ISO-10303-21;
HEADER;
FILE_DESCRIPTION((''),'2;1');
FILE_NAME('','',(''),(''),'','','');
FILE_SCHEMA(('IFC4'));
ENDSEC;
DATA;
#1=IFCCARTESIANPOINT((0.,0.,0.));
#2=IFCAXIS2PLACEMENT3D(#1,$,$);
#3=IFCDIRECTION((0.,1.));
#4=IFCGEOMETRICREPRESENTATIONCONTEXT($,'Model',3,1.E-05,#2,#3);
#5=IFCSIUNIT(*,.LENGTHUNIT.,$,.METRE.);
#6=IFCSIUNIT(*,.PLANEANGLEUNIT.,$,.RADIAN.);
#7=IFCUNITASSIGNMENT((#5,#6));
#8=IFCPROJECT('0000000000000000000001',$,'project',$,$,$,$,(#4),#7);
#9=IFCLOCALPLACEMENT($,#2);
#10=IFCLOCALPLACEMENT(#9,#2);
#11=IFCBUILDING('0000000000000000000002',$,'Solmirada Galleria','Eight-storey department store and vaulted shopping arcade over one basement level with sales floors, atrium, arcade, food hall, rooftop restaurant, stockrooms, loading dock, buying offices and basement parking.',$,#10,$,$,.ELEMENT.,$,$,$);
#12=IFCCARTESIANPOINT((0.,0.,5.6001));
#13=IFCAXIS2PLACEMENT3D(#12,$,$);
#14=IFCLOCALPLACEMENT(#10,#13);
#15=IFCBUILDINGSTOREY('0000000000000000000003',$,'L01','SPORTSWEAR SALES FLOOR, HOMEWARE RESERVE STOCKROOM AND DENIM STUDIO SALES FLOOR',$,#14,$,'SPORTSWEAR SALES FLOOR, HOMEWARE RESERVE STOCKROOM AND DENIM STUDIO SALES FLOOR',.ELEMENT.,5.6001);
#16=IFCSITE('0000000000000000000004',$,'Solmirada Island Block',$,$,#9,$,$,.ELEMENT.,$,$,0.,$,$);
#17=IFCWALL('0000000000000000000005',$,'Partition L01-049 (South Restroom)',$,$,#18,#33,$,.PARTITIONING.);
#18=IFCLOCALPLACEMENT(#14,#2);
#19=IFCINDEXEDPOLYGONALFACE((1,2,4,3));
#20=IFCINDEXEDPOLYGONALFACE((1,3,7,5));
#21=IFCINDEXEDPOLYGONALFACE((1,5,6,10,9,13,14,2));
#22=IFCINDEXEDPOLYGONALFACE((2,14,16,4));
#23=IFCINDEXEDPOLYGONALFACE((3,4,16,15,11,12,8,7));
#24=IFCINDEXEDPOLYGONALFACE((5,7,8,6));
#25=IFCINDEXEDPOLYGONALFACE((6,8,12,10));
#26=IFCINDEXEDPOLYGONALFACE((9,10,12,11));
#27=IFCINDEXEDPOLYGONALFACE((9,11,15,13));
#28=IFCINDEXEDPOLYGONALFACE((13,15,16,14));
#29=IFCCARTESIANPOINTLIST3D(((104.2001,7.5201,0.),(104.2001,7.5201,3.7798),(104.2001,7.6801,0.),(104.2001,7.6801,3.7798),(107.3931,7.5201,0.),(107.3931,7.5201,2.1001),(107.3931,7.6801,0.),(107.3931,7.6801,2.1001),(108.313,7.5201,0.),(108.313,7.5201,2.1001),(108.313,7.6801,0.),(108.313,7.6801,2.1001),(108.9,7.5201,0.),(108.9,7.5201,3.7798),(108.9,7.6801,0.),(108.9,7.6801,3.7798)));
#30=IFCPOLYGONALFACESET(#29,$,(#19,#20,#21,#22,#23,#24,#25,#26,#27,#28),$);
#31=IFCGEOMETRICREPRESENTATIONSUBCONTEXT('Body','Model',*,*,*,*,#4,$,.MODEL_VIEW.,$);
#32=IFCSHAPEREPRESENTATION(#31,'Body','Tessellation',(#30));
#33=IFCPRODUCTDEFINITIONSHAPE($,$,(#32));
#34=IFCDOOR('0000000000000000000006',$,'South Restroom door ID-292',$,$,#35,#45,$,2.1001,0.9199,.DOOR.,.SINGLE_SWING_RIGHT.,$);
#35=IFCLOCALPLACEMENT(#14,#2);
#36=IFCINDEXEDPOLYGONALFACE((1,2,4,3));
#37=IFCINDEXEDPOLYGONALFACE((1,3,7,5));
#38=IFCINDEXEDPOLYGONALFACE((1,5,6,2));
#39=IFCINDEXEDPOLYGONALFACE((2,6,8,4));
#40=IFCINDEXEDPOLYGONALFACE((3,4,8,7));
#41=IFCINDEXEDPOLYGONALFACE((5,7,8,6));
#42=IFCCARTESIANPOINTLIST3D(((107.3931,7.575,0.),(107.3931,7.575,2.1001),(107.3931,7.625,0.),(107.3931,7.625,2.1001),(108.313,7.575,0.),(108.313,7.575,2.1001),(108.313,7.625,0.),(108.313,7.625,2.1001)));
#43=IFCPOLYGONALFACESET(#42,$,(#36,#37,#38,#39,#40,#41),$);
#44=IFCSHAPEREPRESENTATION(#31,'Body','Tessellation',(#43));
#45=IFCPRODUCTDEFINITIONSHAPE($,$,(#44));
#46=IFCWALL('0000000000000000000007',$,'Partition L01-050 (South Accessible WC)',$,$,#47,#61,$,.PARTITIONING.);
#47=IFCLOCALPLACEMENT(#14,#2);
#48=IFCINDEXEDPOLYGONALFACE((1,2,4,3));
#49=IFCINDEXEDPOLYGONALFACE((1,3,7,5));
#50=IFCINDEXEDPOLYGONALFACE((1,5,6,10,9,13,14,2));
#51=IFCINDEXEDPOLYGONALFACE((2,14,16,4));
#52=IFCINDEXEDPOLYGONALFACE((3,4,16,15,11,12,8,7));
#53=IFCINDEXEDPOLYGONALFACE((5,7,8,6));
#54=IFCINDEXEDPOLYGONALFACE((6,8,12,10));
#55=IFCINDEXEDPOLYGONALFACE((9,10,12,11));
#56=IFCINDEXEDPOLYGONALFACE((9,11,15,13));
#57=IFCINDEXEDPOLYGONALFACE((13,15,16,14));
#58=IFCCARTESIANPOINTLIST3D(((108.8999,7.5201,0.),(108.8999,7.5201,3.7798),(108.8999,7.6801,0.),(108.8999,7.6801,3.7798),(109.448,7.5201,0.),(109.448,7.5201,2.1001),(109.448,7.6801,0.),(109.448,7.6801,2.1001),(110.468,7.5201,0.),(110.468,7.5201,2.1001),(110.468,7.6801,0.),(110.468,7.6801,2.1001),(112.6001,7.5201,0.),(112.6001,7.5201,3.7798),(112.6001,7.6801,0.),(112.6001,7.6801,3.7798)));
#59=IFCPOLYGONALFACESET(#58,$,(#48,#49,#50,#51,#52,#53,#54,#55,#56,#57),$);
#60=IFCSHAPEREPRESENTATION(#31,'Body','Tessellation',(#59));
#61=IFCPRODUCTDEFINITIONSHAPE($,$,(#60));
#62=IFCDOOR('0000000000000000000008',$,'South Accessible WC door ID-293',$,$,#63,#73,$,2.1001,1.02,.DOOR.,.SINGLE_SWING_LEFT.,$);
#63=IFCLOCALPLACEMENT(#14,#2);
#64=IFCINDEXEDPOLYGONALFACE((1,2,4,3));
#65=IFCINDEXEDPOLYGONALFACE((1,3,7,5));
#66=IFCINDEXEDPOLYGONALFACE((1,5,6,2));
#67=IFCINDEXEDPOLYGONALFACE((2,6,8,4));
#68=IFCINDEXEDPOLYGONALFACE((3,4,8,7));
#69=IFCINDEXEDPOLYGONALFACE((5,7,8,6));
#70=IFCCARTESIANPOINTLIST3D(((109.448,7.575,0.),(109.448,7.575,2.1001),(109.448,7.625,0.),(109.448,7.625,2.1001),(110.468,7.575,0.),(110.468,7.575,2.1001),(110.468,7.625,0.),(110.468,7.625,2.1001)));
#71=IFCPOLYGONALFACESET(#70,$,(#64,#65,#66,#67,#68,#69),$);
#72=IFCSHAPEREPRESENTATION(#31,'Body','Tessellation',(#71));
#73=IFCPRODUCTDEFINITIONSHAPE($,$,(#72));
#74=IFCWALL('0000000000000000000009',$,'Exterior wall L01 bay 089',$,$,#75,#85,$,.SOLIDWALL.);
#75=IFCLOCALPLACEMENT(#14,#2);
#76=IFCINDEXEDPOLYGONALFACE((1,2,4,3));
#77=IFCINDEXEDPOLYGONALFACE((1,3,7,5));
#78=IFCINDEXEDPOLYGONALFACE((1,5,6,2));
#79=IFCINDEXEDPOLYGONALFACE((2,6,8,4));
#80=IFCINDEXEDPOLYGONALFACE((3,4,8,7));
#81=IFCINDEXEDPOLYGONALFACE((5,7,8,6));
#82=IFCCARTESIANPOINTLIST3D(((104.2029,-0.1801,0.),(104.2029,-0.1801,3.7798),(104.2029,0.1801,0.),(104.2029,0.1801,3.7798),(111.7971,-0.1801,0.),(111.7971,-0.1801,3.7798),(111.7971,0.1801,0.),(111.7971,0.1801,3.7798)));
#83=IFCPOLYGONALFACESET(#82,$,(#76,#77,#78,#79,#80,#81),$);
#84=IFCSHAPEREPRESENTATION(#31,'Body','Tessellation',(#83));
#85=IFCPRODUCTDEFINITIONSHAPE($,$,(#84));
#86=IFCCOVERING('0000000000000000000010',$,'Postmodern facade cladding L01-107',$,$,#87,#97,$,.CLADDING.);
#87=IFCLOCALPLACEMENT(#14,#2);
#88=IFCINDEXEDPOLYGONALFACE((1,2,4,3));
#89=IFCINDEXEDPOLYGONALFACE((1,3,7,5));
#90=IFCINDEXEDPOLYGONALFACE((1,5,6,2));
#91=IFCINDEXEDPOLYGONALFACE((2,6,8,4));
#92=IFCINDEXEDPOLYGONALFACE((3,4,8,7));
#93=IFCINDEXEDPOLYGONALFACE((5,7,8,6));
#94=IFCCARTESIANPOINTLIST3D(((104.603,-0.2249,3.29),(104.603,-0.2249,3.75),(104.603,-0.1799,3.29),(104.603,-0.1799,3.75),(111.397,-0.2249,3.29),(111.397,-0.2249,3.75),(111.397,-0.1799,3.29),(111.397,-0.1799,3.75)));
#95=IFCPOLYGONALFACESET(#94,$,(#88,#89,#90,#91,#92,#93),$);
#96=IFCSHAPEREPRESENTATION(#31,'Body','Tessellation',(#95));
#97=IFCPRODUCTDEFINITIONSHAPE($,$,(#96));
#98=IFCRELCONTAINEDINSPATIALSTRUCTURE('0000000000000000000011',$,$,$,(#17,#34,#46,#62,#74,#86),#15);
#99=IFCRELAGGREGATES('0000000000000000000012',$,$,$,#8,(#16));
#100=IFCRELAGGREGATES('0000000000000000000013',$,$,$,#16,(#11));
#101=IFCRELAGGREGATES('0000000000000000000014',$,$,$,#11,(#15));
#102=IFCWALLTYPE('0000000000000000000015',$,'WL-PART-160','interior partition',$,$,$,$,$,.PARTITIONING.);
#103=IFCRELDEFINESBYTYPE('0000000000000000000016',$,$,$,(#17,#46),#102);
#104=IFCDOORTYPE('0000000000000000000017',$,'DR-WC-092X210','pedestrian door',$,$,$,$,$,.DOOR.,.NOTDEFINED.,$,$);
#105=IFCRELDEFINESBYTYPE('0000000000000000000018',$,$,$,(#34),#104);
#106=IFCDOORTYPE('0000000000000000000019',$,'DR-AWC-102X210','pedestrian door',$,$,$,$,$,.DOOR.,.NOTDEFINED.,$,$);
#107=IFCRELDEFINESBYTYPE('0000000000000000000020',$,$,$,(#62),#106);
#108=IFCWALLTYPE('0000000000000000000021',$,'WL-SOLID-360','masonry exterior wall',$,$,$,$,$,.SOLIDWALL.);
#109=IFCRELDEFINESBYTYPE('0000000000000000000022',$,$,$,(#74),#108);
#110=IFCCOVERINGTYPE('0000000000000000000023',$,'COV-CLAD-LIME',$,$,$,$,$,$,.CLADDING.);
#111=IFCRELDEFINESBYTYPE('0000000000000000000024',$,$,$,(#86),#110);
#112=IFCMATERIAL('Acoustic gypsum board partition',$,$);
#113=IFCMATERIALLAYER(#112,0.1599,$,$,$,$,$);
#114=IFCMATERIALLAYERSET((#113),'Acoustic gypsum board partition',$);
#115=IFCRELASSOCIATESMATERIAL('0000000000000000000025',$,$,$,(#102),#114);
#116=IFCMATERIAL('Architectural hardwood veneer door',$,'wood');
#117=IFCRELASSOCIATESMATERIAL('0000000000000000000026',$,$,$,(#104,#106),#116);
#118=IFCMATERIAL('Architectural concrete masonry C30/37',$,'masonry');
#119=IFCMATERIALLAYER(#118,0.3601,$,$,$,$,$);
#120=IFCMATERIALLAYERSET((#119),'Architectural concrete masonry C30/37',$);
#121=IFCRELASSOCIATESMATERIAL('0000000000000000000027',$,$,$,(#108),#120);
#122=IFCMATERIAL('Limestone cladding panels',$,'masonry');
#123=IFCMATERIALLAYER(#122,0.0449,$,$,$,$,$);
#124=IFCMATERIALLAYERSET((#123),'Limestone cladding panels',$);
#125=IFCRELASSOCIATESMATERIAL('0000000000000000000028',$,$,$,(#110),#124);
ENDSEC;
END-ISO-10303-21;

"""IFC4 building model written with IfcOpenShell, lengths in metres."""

from ifc_helpers import new_model, si_unit, direction, frame, frame_2d, origin, origin_2d, place, context, subcontext, project, spatial, rectangle, extrude, material, layer, layer_set, type_object, element, fill, save


model = new_model("IFC4")

# Units and contexts
model_context = context("Model", 3, precision=1e-05, world=origin(), true_north=direction((0.0, 1.0)))
body_context = subcontext(model_context, "Body", "Model", "MODEL_VIEW")
ifc_project = project(units=[si_unit("LENGTHUNIT", "METRE"), si_unit("PLANEANGLEUNIT", "RADIAN")], contexts=[model_context])

# Site, building, storey
site_placement = place(None, origin())
site = spatial("IfcSite", under=ifc_project, at=site_placement, Name="Solmirada Island Block", CompositionType="ELEMENT", RefElevation=0.0)
building_placement = place(site_placement, origin())
building = spatial("IfcBuilding", under=site, at=building_placement, Name="Solmirada Galleria", Description="Eight-storey department store and vaulted shopping arcade over one basement level with sales floors, atrium, arcade, food hall, rooftop restaurant, stockrooms, loading dock, buying offices and basement parking.", CompositionType="ELEMENT")
storey_placement = place(building_placement, frame((0.0, 0.0, 5.6001)))
storey = spatial("IfcBuildingStorey", under=building, at=storey_placement, Name="L01", Description="SPORTSWEAR SALES FLOOR, HOMEWARE RESERVE STOCKROOM AND DENIM STUDIO SALES FLOOR", LongName="SPORTSWEAR SALES FLOOR, HOMEWARE RESERVE STOCKROOM AND DENIM STUDIO SALES FLOOR", CompositionType="ELEMENT", Elevation=5.6001)

# Shared definitions
ifc_material_1 = material(Name="Acoustic gypsum board partition")

# Walls, openings, doors
ifc_layer_1 = layer(ifc_material_1, 0.1599)
ifc_layer_set_1 = layer_set([ifc_layer_1], Name="Acoustic gypsum board partition")
wall_type_1 = type_object("IfcWallType", Name="WL-PART-160", Description="interior partition", PredefinedType="PARTITIONING", material=ifc_layer_set_1)
wall_1_placement = place(storey_placement, frame((104.2, 7.6001, 0.0), z_axis=(0.0, 0.0, 1.0), x_axis=(1.0, 0.0, 0.0)))
wall_1 = element("IfcWall", 1, at=wall_1_placement, inside=storey, type_object=wall_type_1, Name="Partition L01-049 (South Restroom)", PredefinedType="PARTITIONING", context=body_context, shape_type="SweptSolid", body=[
    extrude(rectangle(XDim=4.7, YDim=0.1599, at=frame_2d((2.3501, 0.0))), origin(), (0.0, 0.0, 1.0), 3.7798),
])
opening_1_placement = place(wall_1_placement, frame((3.1931, 0.0, 0.0)))
opening_1 = element("IfcOpeningElement", 2, at=opening_1_placement, cuts=wall_1, PredefinedType="OPENING", context=body_context, shape_type="SweptSolid", body=[
    extrude(rectangle(XDim=0.9199, YDim=2.1001, at=frame_2d((0.46, 1.05))), frame((0.0, 0.0898, 0.0), z_axis=(0.0, -1.0, 0.0), x_axis=(1.0, 0.0, 0.0)), (0.0, 0.0, 1.0), 0.1799),
])
ifc_material_2 = material(Name="Architectural hardwood veneer door", Category="wood")
door_type_1 = type_object("IfcDoorType", Name="DR-WC-092X210", Description="pedestrian door", OperationType="NOTDEFINED", PredefinedType="DOOR", material=ifc_material_2)
door_1_placement = place(opening_1_placement, origin())
door_1 = element("IfcDoor", 3, at=door_1_placement, inside=storey, type_object=door_type_1, Name="South Restroom door ID-292", OperationType="SINGLE_SWING_RIGHT", OverallHeight=2.1001, OverallWidth=0.9199, PredefinedType="DOOR", context=body_context, shape_type="SweptSolid", body=[
    extrude(rectangle(XDim=0.9199, YDim=2.1001, at=frame_2d((0.46, 1.05))), frame((0.0, 0.0249, 0.0), z_axis=(0.0, -1.0, 0.0), x_axis=(1.0, 0.0, 0.0)), (0.0, 0.0, 1.0), 0.05),
])
fill(opening_1, door_1)
wall_2_placement = place(storey_placement, frame((108.8999, 7.6001, 0.0), z_axis=(0.0, 0.0, 1.0), x_axis=(1.0, 0.0, 0.0)))
wall_2 = element("IfcWall", 4, at=wall_2_placement, inside=storey, type_object=wall_type_1, Name="Partition L01-050 (South Accessible WC)", PredefinedType="PARTITIONING", context=body_context, shape_type="SweptSolid", body=[
    extrude(rectangle(XDim=3.7002, YDim=0.1599, at=frame_2d((1.8501, 0.0))), origin(), (0.0, 0.0, 1.0), 3.7798),
])
opening_2_placement = place(wall_2_placement, frame((0.5481, 0.0, 0.0)))
opening_2 = element("IfcOpeningElement", 5, at=opening_2_placement, cuts=wall_2, PredefinedType="OPENING", context=body_context, shape_type="SweptSolid", body=[
    extrude(rectangle(XDim=1.02, YDim=2.1001, at=frame_2d((0.51, 1.05))), frame((0.0, 0.0898, 0.0), z_axis=(0.0, -1.0, 0.0), x_axis=(1.0, 0.0, 0.0)), (0.0, 0.0, 1.0), 0.1799),
])
door_type_2 = type_object("IfcDoorType", Name="DR-AWC-102X210", Description="pedestrian door", OperationType="NOTDEFINED", PredefinedType="DOOR", material=ifc_material_2)
door_2_placement = place(opening_2_placement, origin())
door_2 = element("IfcDoor", 6, at=door_2_placement, inside=storey, type_object=door_type_2, Name="South Accessible WC door ID-293", OperationType="SINGLE_SWING_LEFT", OverallHeight=2.1001, OverallWidth=1.02, PredefinedType="DOOR", context=body_context, shape_type="SweptSolid", body=[
    extrude(rectangle(XDim=1.02, YDim=2.1001, at=frame_2d((0.51, 1.05))), frame((0.0, 0.0249, 0.0), z_axis=(0.0, -1.0, 0.0), x_axis=(1.0, 0.0, 0.0)), (0.0, 0.0, 1.0), 0.05),
])
fill(opening_2, door_2)

# Wall
ifc_material_3 = material(Name="Architectural concrete masonry C30/37", Category="masonry")
ifc_layer_2 = layer(ifc_material_3, 0.3601)
ifc_layer_set_2 = layer_set([ifc_layer_2], Name="Architectural concrete masonry C30/37")
wall_type_2 = type_object("IfcWallType", Name="WL-SOLID-360", Description="masonry exterior wall", PredefinedType="SOLIDWALL", material=ifc_layer_set_2)
wall_3_placement = place(storey_placement, frame((111.7971, 0.0, 0.0), z_axis=(0.0, 0.0, 1.0), x_axis=(-1.0, 0.0, 0.0)))
element("IfcWall", 7, at=wall_3_placement, inside=storey, type_object=wall_type_2, Name="Exterior wall L01 bay 089", PredefinedType="SOLIDWALL", context=body_context, shape_type="SweptSolid", body=[
    extrude(rectangle(XDim=7.5942, YDim=0.3601, at=frame_2d((3.7971, 0.0))), origin(), (0.0, 0.0, 1.0), 3.7798),
])

# Covering
ifc_material_4 = material(Name="Limestone cladding panels", Category="masonry")
ifc_layer_3 = layer(ifc_material_4, 0.0449)
ifc_layer_set_3 = layer_set([ifc_layer_3], Name="Limestone cladding panels")
covering_type = type_object("IfcCoveringType", Name="COV-CLAD-LIME", PredefinedType="CLADDING", material=ifc_layer_set_3)
covering_placement = place(storey_placement, frame((108.0, -0.2024, 3.29), z_axis=(0.0, 0.0, 1.0), x_axis=(-1.0, 0.0, 0.0)))
element("IfcCovering", 8, at=covering_placement, inside=storey, type_object=covering_type, Name="Postmodern facade cladding L01-107", PredefinedType="CLADDING", context=body_context, shape_type="SweptSolid", body=[
    extrude(rectangle(XDim=6.7939, YDim=0.0449, at=origin_2d()), origin(), (0.0, 0.0, 1.0), 0.46),
])

save(model, "model.ifc")
